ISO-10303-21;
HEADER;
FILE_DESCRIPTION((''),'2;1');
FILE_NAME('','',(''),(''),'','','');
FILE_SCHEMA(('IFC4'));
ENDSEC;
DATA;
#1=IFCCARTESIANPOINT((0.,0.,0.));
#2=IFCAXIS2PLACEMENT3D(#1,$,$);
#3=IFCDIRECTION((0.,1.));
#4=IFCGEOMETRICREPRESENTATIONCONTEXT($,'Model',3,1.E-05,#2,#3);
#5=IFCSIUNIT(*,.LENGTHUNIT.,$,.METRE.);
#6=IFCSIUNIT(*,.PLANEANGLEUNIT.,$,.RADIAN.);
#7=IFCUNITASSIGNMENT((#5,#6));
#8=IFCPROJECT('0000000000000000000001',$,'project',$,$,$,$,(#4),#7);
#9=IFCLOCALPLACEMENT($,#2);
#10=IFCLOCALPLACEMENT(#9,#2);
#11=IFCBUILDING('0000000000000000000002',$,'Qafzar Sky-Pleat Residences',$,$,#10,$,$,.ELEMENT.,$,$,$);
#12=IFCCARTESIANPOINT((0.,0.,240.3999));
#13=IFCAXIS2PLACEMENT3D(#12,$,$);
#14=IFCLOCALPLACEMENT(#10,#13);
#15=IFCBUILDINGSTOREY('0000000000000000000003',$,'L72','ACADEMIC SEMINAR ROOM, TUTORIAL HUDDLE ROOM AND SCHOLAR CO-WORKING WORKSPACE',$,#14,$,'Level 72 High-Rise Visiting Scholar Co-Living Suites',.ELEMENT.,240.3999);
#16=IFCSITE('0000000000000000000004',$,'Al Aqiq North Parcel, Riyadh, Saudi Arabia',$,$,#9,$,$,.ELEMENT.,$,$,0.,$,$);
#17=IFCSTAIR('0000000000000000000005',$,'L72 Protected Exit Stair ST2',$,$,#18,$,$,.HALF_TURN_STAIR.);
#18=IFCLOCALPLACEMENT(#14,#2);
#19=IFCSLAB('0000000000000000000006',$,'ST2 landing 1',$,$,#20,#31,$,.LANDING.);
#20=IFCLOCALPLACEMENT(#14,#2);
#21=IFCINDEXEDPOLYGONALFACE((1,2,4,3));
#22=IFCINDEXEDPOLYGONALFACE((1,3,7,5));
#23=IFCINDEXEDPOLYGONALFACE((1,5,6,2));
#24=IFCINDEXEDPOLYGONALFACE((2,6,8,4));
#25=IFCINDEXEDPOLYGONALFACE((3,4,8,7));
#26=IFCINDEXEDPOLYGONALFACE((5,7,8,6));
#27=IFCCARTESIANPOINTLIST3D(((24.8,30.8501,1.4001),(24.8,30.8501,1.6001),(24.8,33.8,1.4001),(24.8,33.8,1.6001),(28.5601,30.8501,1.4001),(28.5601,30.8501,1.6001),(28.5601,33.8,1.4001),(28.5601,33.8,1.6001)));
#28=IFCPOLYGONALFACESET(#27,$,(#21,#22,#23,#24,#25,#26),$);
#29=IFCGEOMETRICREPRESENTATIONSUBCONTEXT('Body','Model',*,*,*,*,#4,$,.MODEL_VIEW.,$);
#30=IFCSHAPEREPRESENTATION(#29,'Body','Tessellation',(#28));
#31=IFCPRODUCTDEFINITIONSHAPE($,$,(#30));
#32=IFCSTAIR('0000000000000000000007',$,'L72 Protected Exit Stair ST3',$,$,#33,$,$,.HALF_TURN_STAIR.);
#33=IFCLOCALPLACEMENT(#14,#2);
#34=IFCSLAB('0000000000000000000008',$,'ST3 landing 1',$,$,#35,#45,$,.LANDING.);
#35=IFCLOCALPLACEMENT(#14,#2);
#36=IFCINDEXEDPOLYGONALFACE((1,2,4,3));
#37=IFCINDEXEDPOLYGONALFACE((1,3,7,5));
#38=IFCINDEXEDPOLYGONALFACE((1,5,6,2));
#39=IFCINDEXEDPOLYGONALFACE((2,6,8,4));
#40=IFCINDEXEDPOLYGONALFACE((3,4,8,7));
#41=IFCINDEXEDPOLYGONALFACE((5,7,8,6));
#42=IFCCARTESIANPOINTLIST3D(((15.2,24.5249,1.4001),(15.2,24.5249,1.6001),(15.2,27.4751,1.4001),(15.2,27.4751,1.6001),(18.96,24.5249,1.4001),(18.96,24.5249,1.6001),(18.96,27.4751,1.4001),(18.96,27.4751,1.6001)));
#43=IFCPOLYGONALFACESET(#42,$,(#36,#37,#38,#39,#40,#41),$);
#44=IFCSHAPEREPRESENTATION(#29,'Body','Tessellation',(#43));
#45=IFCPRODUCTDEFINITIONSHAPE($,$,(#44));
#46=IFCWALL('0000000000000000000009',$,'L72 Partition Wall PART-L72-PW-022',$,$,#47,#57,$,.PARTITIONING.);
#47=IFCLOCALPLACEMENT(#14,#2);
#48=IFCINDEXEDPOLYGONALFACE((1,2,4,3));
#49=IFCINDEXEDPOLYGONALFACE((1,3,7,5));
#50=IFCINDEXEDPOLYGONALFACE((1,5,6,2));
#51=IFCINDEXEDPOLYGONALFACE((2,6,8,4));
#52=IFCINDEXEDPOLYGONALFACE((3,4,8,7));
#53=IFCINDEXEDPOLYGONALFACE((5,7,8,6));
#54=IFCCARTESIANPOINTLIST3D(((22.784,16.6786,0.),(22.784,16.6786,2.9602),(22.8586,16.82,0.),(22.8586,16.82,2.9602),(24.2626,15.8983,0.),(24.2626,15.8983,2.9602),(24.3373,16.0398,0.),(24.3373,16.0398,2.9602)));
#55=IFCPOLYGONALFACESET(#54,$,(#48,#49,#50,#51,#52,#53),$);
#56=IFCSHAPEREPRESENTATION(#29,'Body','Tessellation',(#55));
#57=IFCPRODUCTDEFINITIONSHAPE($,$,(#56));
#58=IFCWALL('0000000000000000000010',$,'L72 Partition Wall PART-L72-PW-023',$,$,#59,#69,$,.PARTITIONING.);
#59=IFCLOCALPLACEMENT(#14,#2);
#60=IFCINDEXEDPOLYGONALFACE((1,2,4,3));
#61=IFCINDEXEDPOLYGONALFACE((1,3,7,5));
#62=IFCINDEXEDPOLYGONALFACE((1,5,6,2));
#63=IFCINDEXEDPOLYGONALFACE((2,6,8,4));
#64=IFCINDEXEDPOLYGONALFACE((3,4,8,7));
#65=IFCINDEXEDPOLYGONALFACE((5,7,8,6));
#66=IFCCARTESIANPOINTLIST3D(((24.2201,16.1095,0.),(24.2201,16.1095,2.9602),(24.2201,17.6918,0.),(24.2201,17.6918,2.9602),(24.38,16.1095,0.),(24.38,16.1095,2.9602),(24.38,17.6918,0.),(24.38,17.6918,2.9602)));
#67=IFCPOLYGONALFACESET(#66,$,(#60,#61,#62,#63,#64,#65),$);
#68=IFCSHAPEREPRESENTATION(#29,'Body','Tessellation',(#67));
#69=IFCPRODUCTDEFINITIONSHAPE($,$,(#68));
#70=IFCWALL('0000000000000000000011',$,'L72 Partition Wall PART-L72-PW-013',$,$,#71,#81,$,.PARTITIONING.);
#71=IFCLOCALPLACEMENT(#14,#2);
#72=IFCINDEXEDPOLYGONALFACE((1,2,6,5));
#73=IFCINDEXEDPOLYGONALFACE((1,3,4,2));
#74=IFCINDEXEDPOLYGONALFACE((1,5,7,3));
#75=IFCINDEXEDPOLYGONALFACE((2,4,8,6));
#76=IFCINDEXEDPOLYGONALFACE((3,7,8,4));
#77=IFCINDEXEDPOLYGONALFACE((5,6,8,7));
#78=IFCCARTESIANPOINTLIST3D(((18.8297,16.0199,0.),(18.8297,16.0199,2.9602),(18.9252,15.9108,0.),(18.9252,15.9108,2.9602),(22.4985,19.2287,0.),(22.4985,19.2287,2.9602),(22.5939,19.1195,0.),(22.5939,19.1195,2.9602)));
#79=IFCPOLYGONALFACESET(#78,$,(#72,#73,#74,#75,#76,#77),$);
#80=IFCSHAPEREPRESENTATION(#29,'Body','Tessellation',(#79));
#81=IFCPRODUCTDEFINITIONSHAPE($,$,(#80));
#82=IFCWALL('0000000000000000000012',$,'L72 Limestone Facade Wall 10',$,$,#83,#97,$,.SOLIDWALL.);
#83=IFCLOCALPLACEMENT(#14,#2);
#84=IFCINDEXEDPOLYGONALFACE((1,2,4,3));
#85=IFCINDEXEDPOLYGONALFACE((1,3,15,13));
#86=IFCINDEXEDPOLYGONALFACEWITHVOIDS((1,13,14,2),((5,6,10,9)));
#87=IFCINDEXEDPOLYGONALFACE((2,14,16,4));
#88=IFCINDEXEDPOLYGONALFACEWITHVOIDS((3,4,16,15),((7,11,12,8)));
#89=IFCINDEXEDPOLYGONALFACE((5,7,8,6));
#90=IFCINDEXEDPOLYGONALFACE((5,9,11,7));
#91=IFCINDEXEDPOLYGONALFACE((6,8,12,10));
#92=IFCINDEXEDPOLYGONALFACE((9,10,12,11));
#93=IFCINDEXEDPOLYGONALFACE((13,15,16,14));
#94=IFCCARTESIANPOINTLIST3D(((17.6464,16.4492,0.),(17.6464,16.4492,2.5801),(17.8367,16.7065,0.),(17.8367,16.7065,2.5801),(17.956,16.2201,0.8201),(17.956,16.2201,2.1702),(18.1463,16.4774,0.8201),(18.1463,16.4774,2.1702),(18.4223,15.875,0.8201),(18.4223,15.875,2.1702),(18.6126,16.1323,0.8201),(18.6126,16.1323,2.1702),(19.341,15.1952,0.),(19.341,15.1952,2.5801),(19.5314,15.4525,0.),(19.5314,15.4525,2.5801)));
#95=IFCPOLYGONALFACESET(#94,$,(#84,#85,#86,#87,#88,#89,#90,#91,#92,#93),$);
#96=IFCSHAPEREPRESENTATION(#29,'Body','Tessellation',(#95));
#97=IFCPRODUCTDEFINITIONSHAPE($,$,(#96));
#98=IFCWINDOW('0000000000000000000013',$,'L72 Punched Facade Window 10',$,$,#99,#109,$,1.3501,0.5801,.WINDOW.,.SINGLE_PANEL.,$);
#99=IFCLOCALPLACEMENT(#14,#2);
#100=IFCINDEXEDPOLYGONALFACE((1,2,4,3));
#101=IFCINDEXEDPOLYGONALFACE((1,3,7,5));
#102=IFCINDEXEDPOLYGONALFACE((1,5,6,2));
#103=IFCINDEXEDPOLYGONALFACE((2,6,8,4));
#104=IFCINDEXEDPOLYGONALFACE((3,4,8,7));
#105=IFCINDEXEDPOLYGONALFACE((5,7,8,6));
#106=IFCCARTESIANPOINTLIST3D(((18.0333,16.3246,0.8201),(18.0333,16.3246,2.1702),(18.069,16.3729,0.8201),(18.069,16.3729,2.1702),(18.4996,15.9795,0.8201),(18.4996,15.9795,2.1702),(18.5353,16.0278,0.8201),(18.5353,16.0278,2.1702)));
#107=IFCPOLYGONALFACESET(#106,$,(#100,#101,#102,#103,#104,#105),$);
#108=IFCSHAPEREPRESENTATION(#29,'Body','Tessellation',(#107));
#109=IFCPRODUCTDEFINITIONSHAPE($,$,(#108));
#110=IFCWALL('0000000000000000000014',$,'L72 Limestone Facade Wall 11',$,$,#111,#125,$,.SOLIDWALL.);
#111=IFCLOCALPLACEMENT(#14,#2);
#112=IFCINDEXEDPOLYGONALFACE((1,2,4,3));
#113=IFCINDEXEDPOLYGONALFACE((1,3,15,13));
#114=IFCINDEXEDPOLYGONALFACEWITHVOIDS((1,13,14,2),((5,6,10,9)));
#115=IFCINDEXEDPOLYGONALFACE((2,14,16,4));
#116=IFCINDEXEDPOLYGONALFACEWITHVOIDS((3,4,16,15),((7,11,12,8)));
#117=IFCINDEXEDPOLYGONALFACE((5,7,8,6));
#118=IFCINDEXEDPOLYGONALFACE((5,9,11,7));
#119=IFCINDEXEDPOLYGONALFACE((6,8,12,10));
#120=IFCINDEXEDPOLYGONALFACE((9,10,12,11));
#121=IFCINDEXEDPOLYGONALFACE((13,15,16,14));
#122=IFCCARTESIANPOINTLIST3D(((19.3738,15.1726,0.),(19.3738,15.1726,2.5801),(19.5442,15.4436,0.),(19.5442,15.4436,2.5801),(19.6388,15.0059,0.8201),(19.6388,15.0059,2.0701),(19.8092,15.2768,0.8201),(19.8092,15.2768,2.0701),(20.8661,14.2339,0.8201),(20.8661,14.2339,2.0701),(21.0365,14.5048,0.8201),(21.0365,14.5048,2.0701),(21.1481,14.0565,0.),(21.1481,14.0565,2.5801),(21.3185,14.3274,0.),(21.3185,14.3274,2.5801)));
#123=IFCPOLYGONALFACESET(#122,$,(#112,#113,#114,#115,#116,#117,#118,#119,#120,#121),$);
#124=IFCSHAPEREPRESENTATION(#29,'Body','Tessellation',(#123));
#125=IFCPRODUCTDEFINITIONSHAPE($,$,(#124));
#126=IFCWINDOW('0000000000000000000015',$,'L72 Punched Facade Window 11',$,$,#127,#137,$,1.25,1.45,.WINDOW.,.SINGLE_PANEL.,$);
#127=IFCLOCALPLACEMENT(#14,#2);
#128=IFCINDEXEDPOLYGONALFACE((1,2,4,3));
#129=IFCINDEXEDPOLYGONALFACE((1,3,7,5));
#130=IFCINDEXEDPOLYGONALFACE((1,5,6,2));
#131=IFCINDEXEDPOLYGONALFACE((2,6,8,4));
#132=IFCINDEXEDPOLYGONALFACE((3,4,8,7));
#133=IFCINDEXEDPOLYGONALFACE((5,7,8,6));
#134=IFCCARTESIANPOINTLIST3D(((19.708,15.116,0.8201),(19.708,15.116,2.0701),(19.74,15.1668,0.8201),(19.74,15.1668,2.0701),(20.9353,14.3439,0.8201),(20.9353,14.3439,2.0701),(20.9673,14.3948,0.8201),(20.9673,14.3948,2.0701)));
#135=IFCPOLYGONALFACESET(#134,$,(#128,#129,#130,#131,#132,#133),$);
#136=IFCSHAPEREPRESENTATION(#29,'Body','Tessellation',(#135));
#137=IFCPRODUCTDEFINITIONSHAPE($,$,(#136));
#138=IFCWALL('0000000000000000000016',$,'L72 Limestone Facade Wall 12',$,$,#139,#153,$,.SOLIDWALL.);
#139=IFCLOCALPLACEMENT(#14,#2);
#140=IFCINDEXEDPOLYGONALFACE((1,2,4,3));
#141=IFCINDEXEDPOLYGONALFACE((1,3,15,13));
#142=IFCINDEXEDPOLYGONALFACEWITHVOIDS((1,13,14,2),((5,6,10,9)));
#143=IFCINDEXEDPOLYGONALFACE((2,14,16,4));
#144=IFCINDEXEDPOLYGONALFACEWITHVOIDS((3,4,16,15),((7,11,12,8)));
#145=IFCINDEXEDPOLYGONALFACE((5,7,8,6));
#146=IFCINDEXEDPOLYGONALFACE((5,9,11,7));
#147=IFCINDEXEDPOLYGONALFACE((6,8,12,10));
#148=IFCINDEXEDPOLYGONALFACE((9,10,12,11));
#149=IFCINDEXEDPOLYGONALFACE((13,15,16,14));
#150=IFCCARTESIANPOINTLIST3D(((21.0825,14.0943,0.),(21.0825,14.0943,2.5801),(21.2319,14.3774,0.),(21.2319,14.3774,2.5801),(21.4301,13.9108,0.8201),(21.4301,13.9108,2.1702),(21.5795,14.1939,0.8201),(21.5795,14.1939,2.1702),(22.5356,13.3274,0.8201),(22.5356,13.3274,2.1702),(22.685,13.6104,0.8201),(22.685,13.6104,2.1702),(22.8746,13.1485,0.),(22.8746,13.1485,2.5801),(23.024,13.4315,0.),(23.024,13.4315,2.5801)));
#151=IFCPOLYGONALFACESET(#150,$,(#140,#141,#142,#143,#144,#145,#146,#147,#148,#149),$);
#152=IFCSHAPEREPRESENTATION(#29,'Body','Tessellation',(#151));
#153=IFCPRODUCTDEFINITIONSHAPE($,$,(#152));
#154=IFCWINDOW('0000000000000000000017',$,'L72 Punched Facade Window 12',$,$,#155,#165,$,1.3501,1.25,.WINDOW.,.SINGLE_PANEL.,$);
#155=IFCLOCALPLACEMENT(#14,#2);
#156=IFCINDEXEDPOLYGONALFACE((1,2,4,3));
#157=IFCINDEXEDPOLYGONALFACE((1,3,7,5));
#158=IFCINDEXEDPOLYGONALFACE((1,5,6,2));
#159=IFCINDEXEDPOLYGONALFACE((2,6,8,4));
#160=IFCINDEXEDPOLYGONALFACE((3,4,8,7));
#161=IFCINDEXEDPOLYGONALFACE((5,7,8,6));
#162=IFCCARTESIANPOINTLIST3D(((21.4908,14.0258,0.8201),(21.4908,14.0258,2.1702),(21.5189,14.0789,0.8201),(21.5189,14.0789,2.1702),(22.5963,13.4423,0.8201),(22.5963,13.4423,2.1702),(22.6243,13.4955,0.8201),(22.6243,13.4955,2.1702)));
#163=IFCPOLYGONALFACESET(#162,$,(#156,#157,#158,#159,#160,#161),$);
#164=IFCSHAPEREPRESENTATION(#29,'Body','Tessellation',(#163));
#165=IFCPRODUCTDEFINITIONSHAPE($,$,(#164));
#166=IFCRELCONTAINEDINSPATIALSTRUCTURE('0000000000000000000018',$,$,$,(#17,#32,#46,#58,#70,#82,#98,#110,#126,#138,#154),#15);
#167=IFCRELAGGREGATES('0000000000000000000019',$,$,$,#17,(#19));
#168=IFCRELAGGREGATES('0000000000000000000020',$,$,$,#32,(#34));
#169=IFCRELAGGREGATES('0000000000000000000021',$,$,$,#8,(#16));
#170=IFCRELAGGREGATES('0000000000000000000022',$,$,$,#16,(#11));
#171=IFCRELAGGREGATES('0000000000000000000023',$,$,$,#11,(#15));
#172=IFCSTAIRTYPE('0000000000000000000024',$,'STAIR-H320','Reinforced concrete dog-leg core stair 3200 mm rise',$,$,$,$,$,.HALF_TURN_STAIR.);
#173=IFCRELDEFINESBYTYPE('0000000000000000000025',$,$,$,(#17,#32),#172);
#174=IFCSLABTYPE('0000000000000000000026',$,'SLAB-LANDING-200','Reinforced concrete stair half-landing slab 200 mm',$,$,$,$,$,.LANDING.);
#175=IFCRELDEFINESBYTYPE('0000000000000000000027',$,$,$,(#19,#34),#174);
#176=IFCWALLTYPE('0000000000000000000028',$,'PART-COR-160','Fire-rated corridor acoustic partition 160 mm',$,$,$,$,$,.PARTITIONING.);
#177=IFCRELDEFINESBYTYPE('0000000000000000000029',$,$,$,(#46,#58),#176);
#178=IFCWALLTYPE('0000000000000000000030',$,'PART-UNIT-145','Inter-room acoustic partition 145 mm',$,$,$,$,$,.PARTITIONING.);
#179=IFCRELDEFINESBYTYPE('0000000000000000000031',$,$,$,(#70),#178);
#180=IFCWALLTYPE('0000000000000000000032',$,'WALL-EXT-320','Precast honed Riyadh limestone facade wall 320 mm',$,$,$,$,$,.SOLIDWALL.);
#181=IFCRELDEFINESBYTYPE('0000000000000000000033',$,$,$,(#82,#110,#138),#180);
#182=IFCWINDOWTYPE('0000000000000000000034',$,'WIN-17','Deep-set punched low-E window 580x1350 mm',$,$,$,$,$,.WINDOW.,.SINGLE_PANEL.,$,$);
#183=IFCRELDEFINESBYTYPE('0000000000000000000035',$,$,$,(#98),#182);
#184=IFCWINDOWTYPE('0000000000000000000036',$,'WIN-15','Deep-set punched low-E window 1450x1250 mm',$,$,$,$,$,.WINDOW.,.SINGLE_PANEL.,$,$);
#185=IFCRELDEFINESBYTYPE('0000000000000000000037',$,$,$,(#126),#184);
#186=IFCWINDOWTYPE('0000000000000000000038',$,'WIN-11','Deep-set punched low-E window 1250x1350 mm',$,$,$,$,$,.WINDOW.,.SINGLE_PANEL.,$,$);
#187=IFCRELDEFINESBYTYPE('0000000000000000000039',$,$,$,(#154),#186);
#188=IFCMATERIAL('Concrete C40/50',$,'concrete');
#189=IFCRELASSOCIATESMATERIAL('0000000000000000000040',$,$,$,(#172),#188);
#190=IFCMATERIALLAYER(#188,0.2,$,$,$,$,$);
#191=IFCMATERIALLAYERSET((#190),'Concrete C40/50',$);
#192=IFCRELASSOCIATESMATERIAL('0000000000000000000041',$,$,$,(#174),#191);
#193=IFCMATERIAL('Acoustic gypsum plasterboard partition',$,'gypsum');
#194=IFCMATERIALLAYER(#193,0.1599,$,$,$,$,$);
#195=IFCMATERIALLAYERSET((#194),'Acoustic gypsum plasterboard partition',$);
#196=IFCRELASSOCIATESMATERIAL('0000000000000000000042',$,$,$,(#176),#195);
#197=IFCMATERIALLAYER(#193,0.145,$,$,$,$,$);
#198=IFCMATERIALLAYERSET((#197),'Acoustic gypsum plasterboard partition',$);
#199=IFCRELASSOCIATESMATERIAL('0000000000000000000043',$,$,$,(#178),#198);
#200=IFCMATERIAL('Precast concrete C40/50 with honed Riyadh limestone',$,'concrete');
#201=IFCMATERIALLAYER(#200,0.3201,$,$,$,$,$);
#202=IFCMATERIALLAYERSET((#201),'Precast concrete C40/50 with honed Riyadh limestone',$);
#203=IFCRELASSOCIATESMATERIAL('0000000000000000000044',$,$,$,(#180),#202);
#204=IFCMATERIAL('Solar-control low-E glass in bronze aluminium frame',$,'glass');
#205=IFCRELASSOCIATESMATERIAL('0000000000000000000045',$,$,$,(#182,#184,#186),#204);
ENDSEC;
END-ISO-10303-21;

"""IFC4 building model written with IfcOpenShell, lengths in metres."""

from ifc_helpers import new_model, si_unit, direction, frame, frame_2d, origin, place, context, subcontext, project, spatial, polyline, rectangle, outline, extrude, source, transform, mapped, material, layer, layer_set, type_object, element, fill, aggregate, save


model = new_model("IFC4")

# Units and contexts
model_context = context("Model", 3, precision=1e-05, world=origin(), true_north=direction((0.0, 1.0)))
body_context = subcontext(model_context, "Body", "Model", "MODEL_VIEW")
ifc_project = project(units=[si_unit("LENGTHUNIT", "METRE"), si_unit("PLANEANGLEUNIT", "RADIAN")], contexts=[model_context])

# Site, building, storey
site_placement = place(None, origin())
site = spatial("IfcSite", under=ifc_project, at=site_placement, Name="Al Aqiq North Parcel, Riyadh, Saudi Arabia", CompositionType="ELEMENT", RefElevation=0.0)
building_placement = place(site_placement, origin())
building = spatial("IfcBuilding", under=site, at=building_placement, Name="Qafzar Sky-Pleat Residences", CompositionType="ELEMENT")
storey_placement = place(building_placement, frame((0.0, 0.0, 240.3999)))
storey = spatial("IfcBuildingStorey", under=building, at=storey_placement, Name="L72", Description="ACADEMIC SEMINAR ROOM, TUTORIAL HUDDLE ROOM AND SCHOLAR CO-WORKING WORKSPACE", LongName="Level 72 High-Rise Visiting Scholar Co-Living Suites", CompositionType="ELEMENT", Elevation=240.3999)

# Shared definitions
ifc_material_1 = material(Name="Concrete C40/50", Category="concrete")

# Stairs, slabs
stair_type = type_object("IfcStairType", Name="STAIR-H320", Description="Reinforced concrete dog-leg core stair 3200 mm rise", PredefinedType="HALF_TURN_STAIR", material=ifc_material_1)
ifc_layer_1 = layer(ifc_material_1, 0.2)
ifc_layer_set_1 = layer_set([ifc_layer_1], Name="Concrete C40/50")
slab_type_1 = type_object("IfcSlabType", Name="SLAB-LANDING-200", Description="Reinforced concrete stair half-landing slab 200 mm", PredefinedType="LANDING", material=ifc_layer_set_1)
stair_1_placement = place(storey_placement, origin())
stair_1 = element("IfcStair", 1, at=stair_1_placement, inside=storey, type_object=stair_type, Name="L72 Protected Exit Stair ST2", PredefinedType="HALF_TURN_STAIR")
slab_1_placement = place(storey_placement, frame((0.0, 0.0, 1.4001)))
slab_1 = element("IfcSlab", 2, at=slab_1_placement, type_object=slab_type_1, Name="ST2 landing 1", PredefinedType="LANDING", context=body_context, shape_type="SweptSolid", body=[
    extrude(outline(polyline([(28.5601, 33.8), (24.8, 33.8), (24.8, 30.8501), (28.5601, 30.8501), (28.5601, 33.8)])), origin(), (0.0, 0.0, 1.0), 0.2),
])
aggregate(stair_1, [slab_1])
stair_2_placement = place(storey_placement, origin())
stair_2 = element("IfcStair", 3, at=stair_2_placement, inside=storey, type_object=stair_type, Name="L72 Protected Exit Stair ST3", PredefinedType="HALF_TURN_STAIR")
slab_2_placement = place(storey_placement, frame((0.0, 0.0, 1.4001)))
slab_2 = element("IfcSlab", 4, at=slab_2_placement, type_object=slab_type_1, Name="ST3 landing 1", PredefinedType="LANDING", context=body_context, shape_type="SweptSolid", body=[
    extrude(outline(polyline([(18.96, 27.4751), (15.2, 27.4751), (15.2, 24.5249), (18.96, 24.5249), (18.96, 27.4751)])), origin(), (0.0, 0.0, 1.0), 0.2),
])
aggregate(stair_2, [slab_2])

# Walls
ifc_material_2 = material(Name="Acoustic gypsum plasterboard partition", Category="gypsum")
ifc_layer_2 = layer(ifc_material_2, 0.1599)
ifc_layer_set_2 = layer_set([ifc_layer_2], Name="Acoustic gypsum plasterboard partition")
wall_type_1 = type_object("IfcWallType", Name="PART-COR-160", Description="Fire-rated corridor acoustic partition 160 mm", PredefinedType="PARTITIONING", material=ifc_layer_set_2)
wall_1_placement = place(storey_placement, frame((22.8213, 16.7493, 0.0), z_axis=(0.0, 0.0, 1.0), x_axis=(0.88443, -0.466673, 0.0)))
element("IfcWall", 5, at=wall_1_placement, inside=storey, type_object=wall_type_1, Name="L72 Partition Wall PART-L72-PW-022", PredefinedType="PARTITIONING", context=body_context, shape_type="SweptSolid", body=[
    extrude(rectangle(XDim=1.6719, YDim=0.1599, at=frame_2d((0.8359, 0.0))), origin(), (0.0, 0.0, 1.0), 2.9602),
])
wall_2_placement = place(storey_placement, frame((24.3, 16.1096, 0.0), z_axis=(0.0, 0.0, 1.0), x_axis=(0.0, 1.0, 0.0)))
element("IfcWall", 6, at=wall_2_placement, inside=storey, type_object=wall_type_1, Name="L72 Partition Wall PART-L72-PW-023", PredefinedType="PARTITIONING", context=body_context, shape_type="SweptSolid", body=[
    extrude(rectangle(XDim=1.5823, YDim=0.1599, at=frame_2d((0.791, 0.0))), origin(), (0.0, 0.0, 1.0), 2.9602),
])
ifc_layer_3 = layer(ifc_material_2, 0.145)
ifc_layer_set_3 = layer_set([ifc_layer_3], Name="Acoustic gypsum plasterboard partition")
wall_type_2 = type_object("IfcWallType", Name="PART-UNIT-145", Description="Inter-room acoustic partition 145 mm", PredefinedType="PARTITIONING", material=ifc_layer_set_3)
wall_3_placement = place(storey_placement, frame((18.8774, 15.9653, 0.0), z_axis=(0.0, 0.0, 1.0), x_axis=(0.752716, 0.658345, 0.0)))
element("IfcWall", 7, at=wall_3_placement, inside=storey, type_object=wall_type_2, Name="L72 Partition Wall PART-L72-PW-013", PredefinedType="PARTITIONING", context=body_context, shape_type="SweptSolid", body=[
    extrude(rectangle(XDim=4.874, YDim=0.145, at=frame_2d((2.437, 0.0))), origin(), (0.0, 0.0, 1.0), 2.9602),
])

# Walls, openings, windows
ifc_material_3 = material(Name="Precast concrete C40/50 with honed Riyadh limestone", Category="concrete")
ifc_layer_4 = layer(ifc_material_3, 0.3201)
ifc_layer_set_4 = layer_set([ifc_layer_4], Name="Precast concrete C40/50 with honed Riyadh limestone")
wall_type_3 = type_object("IfcWallType", Name="WALL-EXT-320", Description="Precast honed Riyadh limestone facade wall 320 mm", PredefinedType="SOLIDWALL", material=ifc_layer_set_4)
wall_4_placement = place(storey_placement, frame((17.7415, 16.5779, 0.0), z_axis=(0.0, 0.0, 1.0), x_axis=(0.803861, -0.594818, 0.0)))
wall_4 = element("IfcWall", 8, at=wall_4_placement, inside=storey, type_object=wall_type_3, Name="L72 Limestone Facade Wall 10", PredefinedType="SOLIDWALL", context=body_context, shape_type="SweptSolid", body=[
    extrude(rectangle(XDim=2.1082, YDim=0.3201, at=frame_2d((1.0542, 0.0))), origin(), (0.0, 0.0, 1.0), 2.5801),
])
opening_1_placement = place(wall_4_placement, frame((0.3853, 0.0, 0.8201)))
opening_1 = element("IfcOpeningElement", 9, at=opening_1_placement, cuts=wall_4, PredefinedType="OPENING", context=body_context, shape_type="SweptSolid", body=[
    extrude(rectangle(XDim=0.5801, YDim=1.3501, at=frame_2d((0.29, 0.675))), frame((0.0, 0.1699, 0.0), z_axis=(0.0, -1.0, 0.0), x_axis=(1.0, 0.0, 0.0)), (0.0, 0.0, 1.0), 0.3401),
])
ifc_material_4 = material(Name="Solar-control low-E glass in bronze aluminium frame", Category="glass")
window_type_1 = type_object("IfcWindowType", Name="WIN-17", Description="Deep-set punched low-E window 580x1350 mm", PartitioningType="SINGLE_PANEL", PredefinedType="WINDOW", material=ifc_material_4)
shared_shape_1 = source(origin(), body_context, "Body", "SweptSolid", [
    extrude(rectangle(XDim=0.5801, YDim=1.3501, at=frame_2d((0.29, 0.675))), frame((0.0, 0.03, 0.0), z_axis=(0.0, -1.0, 0.0), x_axis=(1.0, 0.0, 0.0)), (0.0, 0.0, 1.0), 0.0601),
])
window_1_placement = place(opening_1_placement, origin())
window_1 = element("IfcWindow", 10, at=window_1_placement, inside=storey, type_object=window_type_1, Name="L72 Punched Facade Window 10", OverallHeight=1.3501, OverallWidth=0.5801, PartitioningType="SINGLE_PANEL", PredefinedType="WINDOW", context=body_context, shape_type="MappedRepresentation", body=[
    mapped(shared_shape_1, transform((0.0, 0.0, 0.0), x_axis=(1.0, 0.0, 0.0), y_axis=(0.0, 1.0, 0.0), z_axis=(0.0, 0.0, 1.0), scale=1.0)),
])
fill(opening_1, window_1)
wall_5_placement = place(storey_placement, frame((19.459, 15.3081, 0.0), z_axis=(0.0, 0.0, 1.0), x_axis=(0.846451, -0.532467, 0.0)))
wall_5 = element("IfcWall", 11, at=wall_5_placement, inside=storey, type_object=wall_type_3, Name="L72 Limestone Facade Wall 11", PredefinedType="SOLIDWALL", context=body_context, shape_type="SweptSolid", body=[
    extrude(rectangle(XDim=2.0962, YDim=0.3201, at=frame_2d((1.0481, 0.0))), origin(), (0.0, 0.0, 1.0), 2.5801),
])
opening_2_placement = place(wall_5_placement, frame((0.313, 0.0, 0.8201)))
opening_2 = element("IfcOpeningElement", 12, at=opening_2_placement, cuts=wall_5, PredefinedType="OPENING", context=body_context, shape_type="SweptSolid", body=[
    extrude(rectangle(XDim=1.45, YDim=1.25, at=frame_2d((0.7251, 0.625))), frame((0.0, 0.1699, 0.0), z_axis=(0.0, -1.0, 0.0), x_axis=(1.0, 0.0, 0.0)), (0.0, 0.0, 1.0), 0.3401),
])
window_type_2 = type_object("IfcWindowType", Name="WIN-15", Description="Deep-set punched low-E window 1450x1250 mm", PartitioningType="SINGLE_PANEL", PredefinedType="WINDOW", material=ifc_material_4)
shared_shape_2 = source(origin(), body_context, "Body", "SweptSolid", [
    extrude(rectangle(XDim=1.45, YDim=1.25, at=frame_2d((0.7251, 0.625))), frame((0.0, 0.03, 0.0), z_axis=(0.0, -1.0, 0.0), x_axis=(1.0, 0.0, 0.0)), (0.0, 0.0, 1.0), 0.0601),
])
window_2_placement = place(opening_2_placement, origin())
window_2 = element("IfcWindow", 13, at=window_2_placement, inside=storey, type_object=window_type_2, Name="L72 Punched Facade Window 11", OverallHeight=1.25, OverallWidth=1.45, PartitioningType="SINGLE_PANEL", PredefinedType="WINDOW", context=body_context, shape_type="MappedRepresentation", body=[
    mapped(shared_shape_2, transform((0.0, 0.0, 0.0), x_axis=(1.0, 0.0, 0.0), y_axis=(0.0, 1.0, 0.0), z_axis=(0.0, 0.0, 1.0), scale=1.0)),
])
fill(opening_2, window_2)
wall_6_placement = place(storey_placement, frame((21.1572, 14.2358, 0.0), z_axis=(0.0, 0.0, 1.0), x_axis=(0.884379, -0.466769, 0.0)))
wall_6 = element("IfcWall", 14, at=wall_6_placement, inside=storey, type_object=wall_type_3, Name="L72 Limestone Facade Wall 12", PredefinedType="SOLIDWALL", context=body_context, shape_type="SweptSolid", body=[
    extrude(rectangle(XDim=2.0264, YDim=0.3201, at=frame_2d((1.0132, 0.0))), origin(), (0.0, 0.0, 1.0), 2.5801),
])
opening_3_placement = place(wall_6_placement, frame((0.3931, 0.0, 0.8201)))
opening_3 = element("IfcOpeningElement", 15, at=opening_3_placement, cuts=wall_6, PredefinedType="OPENING", context=body_context, shape_type="SweptSolid", body=[
    extrude(rectangle(XDim=1.25, YDim=1.3501, at=frame_2d((0.625, 0.675))), frame((0.0, 0.1699, 0.0), z_axis=(0.0, -1.0, 0.0), x_axis=(1.0, 0.0, 0.0)), (0.0, 0.0, 1.0), 0.3401),
])
window_type_3 = type_object("IfcWindowType", Name="WIN-11", Description="Deep-set punched low-E window 1250x1350 mm", PartitioningType="SINGLE_PANEL", PredefinedType="WINDOW", material=ifc_material_4)
shared_shape_3 = source(origin(), body_context, "Body", "SweptSolid", [
    extrude(rectangle(XDim=1.25, YDim=1.3501, at=frame_2d((0.625, 0.675))), frame((0.0, 0.03, 0.0), z_axis=(0.0, -1.0, 0.0), x_axis=(1.0, 0.0, 0.0)), (0.0, 0.0, 1.0), 0.0601),
])
window_3_placement = place(opening_3_placement, origin())
window_3 = element("IfcWindow", 16, at=window_3_placement, inside=storey, type_object=window_type_3, Name="L72 Punched Facade Window 12", OverallHeight=1.3501, OverallWidth=1.25, PartitioningType="SINGLE_PANEL", PredefinedType="WINDOW", context=body_context, shape_type="MappedRepresentation", body=[
    mapped(shared_shape_3, transform((0.0, 0.0, 0.0), x_axis=(1.0, 0.0, 0.0), y_axis=(0.0, 1.0, 0.0), z_axis=(0.0, 0.0, 1.0), scale=1.0)),
])
fill(opening_3, window_3)

save(model, "model.ifc")
